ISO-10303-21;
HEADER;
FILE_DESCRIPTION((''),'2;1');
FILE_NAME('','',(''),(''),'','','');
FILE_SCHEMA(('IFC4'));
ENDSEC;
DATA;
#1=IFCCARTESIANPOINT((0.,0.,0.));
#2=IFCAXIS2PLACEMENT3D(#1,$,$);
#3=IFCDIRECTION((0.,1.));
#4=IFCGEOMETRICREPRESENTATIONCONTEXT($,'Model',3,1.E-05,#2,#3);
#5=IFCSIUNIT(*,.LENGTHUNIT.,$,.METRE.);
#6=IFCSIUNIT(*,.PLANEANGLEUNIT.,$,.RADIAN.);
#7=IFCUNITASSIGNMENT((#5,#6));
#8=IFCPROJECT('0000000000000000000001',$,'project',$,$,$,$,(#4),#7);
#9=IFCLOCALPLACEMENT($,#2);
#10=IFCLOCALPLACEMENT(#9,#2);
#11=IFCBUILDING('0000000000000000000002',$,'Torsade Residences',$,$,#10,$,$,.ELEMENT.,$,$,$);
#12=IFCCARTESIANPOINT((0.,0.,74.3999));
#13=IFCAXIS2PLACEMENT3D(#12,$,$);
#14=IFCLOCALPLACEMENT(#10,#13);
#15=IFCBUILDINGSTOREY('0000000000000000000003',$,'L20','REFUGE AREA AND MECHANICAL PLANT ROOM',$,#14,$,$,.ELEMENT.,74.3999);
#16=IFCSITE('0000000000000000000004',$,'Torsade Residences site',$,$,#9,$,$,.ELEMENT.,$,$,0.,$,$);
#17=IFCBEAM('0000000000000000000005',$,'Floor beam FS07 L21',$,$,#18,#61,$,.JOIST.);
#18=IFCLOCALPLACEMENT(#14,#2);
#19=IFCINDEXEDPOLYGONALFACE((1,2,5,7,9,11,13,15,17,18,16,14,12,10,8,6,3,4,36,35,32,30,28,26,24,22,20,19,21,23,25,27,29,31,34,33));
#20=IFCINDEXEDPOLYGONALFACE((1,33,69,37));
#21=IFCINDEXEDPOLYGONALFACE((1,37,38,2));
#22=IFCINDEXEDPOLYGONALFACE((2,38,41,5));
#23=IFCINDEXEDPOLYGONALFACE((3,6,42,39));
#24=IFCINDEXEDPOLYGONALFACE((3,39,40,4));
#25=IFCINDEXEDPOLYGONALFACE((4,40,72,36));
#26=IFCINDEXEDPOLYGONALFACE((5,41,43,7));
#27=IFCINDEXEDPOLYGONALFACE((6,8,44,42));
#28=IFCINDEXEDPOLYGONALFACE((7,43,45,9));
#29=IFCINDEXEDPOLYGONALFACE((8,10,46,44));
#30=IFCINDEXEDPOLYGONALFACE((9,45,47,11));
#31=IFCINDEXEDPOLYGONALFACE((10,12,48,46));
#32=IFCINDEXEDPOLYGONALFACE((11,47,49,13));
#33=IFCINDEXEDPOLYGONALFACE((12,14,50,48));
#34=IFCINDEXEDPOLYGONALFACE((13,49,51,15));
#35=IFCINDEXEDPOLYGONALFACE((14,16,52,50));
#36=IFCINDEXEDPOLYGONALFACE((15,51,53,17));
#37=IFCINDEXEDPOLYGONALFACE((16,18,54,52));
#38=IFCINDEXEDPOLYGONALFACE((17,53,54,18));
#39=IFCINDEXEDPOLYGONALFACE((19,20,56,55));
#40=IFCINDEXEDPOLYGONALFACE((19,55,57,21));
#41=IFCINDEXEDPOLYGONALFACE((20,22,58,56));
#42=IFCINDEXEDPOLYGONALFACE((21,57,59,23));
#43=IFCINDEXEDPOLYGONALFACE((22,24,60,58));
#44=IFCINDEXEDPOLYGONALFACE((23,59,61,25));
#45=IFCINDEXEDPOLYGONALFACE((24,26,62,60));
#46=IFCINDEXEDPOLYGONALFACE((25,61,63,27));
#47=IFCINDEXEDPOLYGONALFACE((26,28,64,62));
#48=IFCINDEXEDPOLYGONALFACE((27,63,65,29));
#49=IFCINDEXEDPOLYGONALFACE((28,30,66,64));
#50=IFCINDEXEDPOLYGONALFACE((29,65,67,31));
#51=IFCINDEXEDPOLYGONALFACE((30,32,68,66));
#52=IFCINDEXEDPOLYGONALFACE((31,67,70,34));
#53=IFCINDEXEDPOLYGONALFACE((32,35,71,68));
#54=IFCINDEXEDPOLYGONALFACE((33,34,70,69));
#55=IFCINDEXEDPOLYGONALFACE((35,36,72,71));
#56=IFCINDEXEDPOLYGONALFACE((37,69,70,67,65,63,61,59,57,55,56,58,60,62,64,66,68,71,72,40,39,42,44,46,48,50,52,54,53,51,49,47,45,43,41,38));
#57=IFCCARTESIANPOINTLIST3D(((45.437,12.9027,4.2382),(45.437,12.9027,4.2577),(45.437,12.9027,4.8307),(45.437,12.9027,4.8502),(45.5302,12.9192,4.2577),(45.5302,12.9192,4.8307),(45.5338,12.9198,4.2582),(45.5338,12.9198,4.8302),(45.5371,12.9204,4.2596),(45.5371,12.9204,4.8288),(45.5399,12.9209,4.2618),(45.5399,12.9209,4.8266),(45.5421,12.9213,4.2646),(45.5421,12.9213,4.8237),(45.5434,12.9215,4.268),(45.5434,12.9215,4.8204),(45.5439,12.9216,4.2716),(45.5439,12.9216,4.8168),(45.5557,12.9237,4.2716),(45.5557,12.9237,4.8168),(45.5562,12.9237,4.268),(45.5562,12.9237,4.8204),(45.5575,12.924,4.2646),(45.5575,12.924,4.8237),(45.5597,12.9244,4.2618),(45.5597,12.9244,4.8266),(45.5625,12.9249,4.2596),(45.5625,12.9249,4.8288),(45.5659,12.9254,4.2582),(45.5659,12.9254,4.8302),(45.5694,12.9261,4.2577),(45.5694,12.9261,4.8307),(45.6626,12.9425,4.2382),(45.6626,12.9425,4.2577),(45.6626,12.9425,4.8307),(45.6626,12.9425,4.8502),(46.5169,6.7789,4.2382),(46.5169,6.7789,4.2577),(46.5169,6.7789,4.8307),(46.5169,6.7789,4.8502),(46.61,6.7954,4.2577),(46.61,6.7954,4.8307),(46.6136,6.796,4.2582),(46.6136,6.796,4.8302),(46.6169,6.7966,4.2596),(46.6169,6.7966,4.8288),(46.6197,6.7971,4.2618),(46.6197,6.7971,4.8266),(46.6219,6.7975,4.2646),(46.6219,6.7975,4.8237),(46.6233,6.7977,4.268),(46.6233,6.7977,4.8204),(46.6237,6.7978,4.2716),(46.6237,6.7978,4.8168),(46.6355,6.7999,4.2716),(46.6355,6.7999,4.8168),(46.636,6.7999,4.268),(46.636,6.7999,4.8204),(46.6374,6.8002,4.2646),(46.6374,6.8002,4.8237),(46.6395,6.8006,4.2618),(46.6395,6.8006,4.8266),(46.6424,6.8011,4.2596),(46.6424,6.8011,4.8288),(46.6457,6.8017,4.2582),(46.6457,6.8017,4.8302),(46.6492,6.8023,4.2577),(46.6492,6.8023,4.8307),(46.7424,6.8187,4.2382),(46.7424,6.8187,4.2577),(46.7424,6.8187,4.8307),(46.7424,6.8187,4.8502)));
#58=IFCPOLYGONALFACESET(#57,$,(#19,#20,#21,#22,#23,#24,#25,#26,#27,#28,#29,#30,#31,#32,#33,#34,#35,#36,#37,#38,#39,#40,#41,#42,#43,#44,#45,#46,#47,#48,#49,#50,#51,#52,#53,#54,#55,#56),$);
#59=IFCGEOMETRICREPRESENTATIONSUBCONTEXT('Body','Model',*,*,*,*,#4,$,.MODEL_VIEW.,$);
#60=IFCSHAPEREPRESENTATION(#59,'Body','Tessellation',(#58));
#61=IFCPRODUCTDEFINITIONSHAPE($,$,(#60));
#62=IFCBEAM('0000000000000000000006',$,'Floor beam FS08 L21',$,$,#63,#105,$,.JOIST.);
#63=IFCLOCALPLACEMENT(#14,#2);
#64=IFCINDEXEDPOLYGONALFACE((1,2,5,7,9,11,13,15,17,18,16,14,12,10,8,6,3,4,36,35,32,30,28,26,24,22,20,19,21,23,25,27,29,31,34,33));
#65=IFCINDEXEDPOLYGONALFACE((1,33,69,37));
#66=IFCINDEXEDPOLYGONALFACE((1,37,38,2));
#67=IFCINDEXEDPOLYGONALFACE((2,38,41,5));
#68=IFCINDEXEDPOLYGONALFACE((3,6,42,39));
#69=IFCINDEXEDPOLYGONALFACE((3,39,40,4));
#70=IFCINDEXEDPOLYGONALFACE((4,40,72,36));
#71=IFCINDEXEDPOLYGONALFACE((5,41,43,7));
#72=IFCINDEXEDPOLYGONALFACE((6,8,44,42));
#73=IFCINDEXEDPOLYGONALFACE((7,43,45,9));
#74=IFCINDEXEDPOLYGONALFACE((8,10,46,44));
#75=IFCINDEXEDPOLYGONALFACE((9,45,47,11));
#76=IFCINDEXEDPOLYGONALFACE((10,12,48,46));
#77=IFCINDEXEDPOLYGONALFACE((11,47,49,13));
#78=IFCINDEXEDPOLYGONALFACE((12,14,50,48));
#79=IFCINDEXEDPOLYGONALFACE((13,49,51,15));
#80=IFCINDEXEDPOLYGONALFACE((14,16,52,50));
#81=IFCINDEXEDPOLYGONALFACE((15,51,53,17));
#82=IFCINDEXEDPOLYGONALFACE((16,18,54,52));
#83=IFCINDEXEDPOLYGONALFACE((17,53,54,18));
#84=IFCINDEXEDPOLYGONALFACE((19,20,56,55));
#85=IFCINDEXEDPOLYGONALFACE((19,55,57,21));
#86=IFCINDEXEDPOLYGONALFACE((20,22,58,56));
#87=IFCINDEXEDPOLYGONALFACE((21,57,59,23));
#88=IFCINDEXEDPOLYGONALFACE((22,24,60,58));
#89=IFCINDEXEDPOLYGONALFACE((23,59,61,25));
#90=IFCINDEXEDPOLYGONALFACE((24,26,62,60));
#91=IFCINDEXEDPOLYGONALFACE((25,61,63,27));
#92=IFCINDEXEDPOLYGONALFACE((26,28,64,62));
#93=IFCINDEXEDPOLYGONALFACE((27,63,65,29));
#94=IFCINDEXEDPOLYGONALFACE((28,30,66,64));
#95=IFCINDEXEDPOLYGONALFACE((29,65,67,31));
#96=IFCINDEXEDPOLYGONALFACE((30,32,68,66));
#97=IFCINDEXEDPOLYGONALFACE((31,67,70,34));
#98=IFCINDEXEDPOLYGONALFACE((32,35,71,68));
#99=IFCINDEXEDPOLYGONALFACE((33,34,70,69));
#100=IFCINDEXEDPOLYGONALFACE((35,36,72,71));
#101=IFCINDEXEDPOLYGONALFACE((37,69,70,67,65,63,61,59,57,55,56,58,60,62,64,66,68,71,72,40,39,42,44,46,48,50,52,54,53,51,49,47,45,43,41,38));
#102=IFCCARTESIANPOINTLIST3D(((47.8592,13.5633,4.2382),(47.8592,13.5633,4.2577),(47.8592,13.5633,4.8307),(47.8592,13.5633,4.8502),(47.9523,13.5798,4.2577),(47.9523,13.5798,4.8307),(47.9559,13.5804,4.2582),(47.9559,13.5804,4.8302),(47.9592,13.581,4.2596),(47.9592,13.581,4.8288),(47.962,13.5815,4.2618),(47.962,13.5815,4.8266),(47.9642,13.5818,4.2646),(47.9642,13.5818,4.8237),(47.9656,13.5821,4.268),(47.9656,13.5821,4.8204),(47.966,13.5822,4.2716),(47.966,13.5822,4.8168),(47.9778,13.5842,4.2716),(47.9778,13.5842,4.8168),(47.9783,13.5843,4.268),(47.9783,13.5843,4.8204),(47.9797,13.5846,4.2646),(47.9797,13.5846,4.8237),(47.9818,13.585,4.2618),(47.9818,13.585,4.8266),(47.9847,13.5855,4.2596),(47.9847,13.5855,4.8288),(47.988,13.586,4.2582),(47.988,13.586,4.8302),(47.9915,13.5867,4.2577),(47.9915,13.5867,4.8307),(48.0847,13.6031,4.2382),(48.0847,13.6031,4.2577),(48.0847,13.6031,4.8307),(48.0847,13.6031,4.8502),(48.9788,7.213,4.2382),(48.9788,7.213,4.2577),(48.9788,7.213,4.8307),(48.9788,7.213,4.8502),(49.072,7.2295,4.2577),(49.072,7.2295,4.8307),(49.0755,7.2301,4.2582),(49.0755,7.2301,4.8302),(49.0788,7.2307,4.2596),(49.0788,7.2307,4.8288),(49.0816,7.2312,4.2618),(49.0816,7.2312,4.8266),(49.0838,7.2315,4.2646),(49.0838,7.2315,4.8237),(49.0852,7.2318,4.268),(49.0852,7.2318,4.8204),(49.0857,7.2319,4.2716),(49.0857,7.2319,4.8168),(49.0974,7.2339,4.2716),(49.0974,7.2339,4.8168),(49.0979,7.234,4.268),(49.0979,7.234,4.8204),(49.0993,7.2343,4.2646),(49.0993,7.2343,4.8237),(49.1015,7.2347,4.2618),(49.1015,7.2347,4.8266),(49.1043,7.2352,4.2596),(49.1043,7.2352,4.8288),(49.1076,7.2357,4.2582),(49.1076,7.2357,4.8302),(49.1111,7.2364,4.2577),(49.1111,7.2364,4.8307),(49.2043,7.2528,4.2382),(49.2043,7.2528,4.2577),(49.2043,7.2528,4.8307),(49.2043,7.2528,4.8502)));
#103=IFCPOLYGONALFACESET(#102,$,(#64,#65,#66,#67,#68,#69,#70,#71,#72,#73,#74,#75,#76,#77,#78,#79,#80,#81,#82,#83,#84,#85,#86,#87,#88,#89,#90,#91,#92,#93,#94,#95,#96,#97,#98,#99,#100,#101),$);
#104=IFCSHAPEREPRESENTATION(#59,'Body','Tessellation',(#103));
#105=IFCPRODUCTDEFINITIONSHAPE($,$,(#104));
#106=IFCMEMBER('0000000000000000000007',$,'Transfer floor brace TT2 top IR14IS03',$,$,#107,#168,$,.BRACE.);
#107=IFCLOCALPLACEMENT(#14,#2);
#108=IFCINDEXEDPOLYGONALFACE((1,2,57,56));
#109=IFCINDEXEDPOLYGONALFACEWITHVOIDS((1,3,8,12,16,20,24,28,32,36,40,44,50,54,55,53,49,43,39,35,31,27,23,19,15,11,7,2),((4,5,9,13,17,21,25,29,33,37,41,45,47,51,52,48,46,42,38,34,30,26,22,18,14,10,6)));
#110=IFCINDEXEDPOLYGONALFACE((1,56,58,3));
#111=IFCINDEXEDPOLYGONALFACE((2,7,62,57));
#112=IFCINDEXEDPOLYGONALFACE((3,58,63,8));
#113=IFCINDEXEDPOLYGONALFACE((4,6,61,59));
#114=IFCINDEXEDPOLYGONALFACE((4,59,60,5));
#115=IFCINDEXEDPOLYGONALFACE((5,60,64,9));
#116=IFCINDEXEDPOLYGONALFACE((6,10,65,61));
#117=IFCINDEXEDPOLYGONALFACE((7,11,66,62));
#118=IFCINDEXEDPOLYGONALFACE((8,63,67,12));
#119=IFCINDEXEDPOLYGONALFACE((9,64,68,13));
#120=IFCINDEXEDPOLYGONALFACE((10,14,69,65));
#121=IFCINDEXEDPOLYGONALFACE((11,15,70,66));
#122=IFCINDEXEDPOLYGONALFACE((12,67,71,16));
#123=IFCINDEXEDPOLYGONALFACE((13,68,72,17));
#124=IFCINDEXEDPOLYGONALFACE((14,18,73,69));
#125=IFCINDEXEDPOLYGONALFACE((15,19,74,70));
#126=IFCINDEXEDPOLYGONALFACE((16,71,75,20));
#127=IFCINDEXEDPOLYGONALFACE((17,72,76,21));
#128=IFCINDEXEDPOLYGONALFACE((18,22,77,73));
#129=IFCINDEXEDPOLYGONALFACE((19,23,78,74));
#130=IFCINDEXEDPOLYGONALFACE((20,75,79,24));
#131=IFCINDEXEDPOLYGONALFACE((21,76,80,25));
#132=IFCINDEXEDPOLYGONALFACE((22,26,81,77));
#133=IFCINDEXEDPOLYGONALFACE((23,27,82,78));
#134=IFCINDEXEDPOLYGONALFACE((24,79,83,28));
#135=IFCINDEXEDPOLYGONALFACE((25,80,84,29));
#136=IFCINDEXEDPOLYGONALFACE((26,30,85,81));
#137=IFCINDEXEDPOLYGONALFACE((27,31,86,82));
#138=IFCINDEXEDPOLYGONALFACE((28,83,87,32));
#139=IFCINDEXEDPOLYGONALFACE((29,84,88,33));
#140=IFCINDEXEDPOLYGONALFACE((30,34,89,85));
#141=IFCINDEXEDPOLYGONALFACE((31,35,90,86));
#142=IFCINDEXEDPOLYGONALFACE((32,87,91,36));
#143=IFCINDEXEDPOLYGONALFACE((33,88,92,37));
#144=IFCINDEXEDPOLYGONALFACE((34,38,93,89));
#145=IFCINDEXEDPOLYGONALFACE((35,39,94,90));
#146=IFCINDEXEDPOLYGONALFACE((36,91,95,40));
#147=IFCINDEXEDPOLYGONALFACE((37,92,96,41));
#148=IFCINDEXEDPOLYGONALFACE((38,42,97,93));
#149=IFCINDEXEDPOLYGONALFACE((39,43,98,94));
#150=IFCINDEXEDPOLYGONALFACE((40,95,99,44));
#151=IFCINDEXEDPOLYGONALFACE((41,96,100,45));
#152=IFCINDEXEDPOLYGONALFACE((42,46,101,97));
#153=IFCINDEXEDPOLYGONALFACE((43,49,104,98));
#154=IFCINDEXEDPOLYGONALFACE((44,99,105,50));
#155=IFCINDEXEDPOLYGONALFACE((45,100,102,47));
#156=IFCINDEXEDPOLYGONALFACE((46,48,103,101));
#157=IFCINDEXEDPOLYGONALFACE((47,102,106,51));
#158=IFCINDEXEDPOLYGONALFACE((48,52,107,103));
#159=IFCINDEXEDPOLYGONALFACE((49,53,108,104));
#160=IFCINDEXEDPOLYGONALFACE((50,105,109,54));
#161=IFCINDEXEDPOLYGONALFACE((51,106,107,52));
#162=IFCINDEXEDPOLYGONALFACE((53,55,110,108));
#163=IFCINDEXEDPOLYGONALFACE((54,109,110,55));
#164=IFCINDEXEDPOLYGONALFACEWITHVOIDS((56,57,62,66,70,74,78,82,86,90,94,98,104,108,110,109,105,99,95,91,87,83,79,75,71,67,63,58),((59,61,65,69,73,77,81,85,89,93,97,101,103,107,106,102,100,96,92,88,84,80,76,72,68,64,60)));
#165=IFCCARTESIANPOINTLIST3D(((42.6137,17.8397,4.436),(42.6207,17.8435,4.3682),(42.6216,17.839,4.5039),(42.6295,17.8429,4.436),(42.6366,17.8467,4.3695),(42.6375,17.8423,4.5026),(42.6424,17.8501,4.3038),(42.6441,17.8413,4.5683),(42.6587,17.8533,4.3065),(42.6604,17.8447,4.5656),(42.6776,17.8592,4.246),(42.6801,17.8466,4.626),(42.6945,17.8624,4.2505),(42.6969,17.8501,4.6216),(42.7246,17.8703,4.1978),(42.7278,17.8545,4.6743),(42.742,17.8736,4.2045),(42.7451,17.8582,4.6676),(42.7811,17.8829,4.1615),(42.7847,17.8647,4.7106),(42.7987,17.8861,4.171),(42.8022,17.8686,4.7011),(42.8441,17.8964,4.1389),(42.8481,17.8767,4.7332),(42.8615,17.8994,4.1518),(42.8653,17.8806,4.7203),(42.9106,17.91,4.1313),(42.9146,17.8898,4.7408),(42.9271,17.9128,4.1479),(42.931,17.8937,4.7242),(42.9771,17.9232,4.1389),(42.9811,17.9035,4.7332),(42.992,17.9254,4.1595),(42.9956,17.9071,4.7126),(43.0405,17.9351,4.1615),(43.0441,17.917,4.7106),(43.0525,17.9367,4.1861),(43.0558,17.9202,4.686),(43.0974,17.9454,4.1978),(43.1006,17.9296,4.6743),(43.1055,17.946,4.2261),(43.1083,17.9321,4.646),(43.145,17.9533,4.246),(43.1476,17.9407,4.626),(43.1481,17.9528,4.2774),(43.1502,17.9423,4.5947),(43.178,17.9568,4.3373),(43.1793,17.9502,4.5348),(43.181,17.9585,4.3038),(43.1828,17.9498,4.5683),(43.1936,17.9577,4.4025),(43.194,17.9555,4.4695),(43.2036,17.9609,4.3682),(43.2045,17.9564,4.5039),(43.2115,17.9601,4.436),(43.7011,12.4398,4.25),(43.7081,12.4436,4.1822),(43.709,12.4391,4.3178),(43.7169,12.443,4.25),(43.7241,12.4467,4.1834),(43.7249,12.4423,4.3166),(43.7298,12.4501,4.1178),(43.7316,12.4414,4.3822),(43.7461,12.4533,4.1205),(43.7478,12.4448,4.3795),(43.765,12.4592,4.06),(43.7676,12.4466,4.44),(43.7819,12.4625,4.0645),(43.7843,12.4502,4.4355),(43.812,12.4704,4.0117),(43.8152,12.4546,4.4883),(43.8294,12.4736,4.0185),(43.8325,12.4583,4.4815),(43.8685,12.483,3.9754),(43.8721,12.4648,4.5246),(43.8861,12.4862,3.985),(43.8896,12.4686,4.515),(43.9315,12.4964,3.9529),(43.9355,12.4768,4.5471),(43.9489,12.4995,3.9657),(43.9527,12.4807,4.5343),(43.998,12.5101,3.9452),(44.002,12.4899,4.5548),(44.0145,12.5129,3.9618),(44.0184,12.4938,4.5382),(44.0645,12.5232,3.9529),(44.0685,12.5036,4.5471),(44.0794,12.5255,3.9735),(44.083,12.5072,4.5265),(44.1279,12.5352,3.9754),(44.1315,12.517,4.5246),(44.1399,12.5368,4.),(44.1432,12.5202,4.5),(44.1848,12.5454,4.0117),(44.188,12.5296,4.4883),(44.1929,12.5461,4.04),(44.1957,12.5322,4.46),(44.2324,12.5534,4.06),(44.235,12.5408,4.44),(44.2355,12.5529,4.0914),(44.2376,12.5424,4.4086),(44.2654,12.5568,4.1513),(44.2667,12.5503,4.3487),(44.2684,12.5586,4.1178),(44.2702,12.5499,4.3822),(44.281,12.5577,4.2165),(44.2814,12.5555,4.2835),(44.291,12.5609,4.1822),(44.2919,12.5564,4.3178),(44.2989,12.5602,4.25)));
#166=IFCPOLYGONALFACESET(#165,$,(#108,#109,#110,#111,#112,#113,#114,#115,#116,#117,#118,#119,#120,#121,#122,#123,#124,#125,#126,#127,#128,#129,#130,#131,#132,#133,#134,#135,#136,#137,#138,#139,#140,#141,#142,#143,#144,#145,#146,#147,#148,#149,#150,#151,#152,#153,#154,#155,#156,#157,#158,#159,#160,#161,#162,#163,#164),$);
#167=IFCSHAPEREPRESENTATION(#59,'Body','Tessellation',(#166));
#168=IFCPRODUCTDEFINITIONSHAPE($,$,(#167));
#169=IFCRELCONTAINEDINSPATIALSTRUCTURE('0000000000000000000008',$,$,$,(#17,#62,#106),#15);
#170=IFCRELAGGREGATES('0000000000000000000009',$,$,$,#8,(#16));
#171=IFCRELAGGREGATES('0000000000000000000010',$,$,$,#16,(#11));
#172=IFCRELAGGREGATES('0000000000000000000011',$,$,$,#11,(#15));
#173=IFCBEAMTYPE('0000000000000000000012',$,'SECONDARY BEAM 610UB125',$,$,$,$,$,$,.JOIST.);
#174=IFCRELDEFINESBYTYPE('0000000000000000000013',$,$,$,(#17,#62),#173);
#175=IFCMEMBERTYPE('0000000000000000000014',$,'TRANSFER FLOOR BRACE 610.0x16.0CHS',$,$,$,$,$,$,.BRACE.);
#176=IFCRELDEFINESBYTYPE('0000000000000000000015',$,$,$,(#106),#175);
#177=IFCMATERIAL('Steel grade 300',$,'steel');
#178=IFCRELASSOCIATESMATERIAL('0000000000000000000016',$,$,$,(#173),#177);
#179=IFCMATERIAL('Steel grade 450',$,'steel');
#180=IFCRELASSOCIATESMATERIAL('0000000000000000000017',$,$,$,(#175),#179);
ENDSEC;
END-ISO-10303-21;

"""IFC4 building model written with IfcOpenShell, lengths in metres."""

from ifc_helpers import new_model, si_unit, direction, frame, origin, origin_2d, place, context, subcontext, project, spatial, hollow_circle, i_section, extrude, material, material_profile, profile_set, type_object, element, save


model = new_model("IFC4")

# Units and contexts
model_context = context("Model", 3, precision=1e-05, world=origin(), true_north=direction((0.0, 1.0)))
body_context = subcontext(model_context, "Body", "Model", "MODEL_VIEW")
ifc_project = project(units=[si_unit("LENGTHUNIT", "METRE"), si_unit("PLANEANGLEUNIT", "RADIAN")], contexts=[model_context])

# Site, building, storey
site_placement = place(None, origin())
site = spatial("IfcSite", under=ifc_project, at=site_placement, Name="Torsade Residences site", CompositionType="ELEMENT", RefElevation=0.0)
building_placement = place(site_placement, origin())
building = spatial("IfcBuilding", under=site, at=building_placement, Name="Torsade Residences", CompositionType="ELEMENT")
storey_placement = place(building_placement, frame((0.0, 0.0, 74.3999)))
storey = spatial("IfcBuildingStorey", under=building, at=storey_placement, Name="L20", Description="REFUGE AREA AND MECHANICAL PLANT ROOM", CompositionType="ELEMENT", Elevation=74.3999)

# Beams
ifc_material_1 = material(Name="Steel grade 300", Category="steel")
ifc_material_profile_1 = material_profile(ifc_material_1, i_section(OverallWidth=0.229, OverallDepth=0.6121, WebThickness=0.012, FlangeThickness=0.0195, FilletRadius=0.0139, at=origin_2d()), Name="610UB125")
ifc_profile_set_1 = profile_set([ifc_material_profile_1], Name="Steel grade 300")
beam_type_1 = type_object("IfcBeamType", Name="SECONDARY BEAM 610UB125", PredefinedType="JOIST", material=ifc_profile_set_1)
beam_1_placement = place(storey_placement, frame((46.6296, 6.7988, 4.5442), z_axis=(-0.173655, 0.984806, 0.0), x_axis=(-0.984806, -0.173655, 0.0)))
element("IfcBeam", 1, at=beam_1_placement, inside=storey, type_object=beam_type_1, Name="Floor beam FS07 L21", PredefinedType="JOIST", context=body_context, shape_type="SweptSolid", body=[
    extrude(i_section(OverallWidth=0.229, OverallDepth=0.6121, WebThickness=0.012, FlangeThickness=0.0195, FilletRadius=0.0139, at=origin_2d()), origin(), (0.0, 0.0, 1.0), 6.2183),
])
beam_2_placement = place(storey_placement, frame((49.0916, 7.2329, 4.5442), z_axis=(-0.173632, 0.984811, 0.0), x_axis=(-0.984811, -0.173632, 0.0)))
element("IfcBeam", 2, at=beam_2_placement, inside=storey, type_object=beam_type_1, Name="Floor beam FS08 L21", PredefinedType="JOIST", context=body_context, shape_type="SweptSolid", body=[
    extrude(i_section(OverallWidth=0.229, OverallDepth=0.6121, WebThickness=0.012, FlangeThickness=0.0195, FilletRadius=0.0139, at=origin_2d()), origin(), (0.0, 0.0, 1.0), 6.4482),
])

# Member
ifc_material_2 = material(Name="Steel grade 450", Category="steel")
ifc_material_profile_2 = material_profile(ifc_material_2, hollow_circle(Radius=0.3049, WallThickness=0.0161, at=origin_2d()), Name="610.0x16.0CHS")
ifc_profile_set_2 = profile_set([ifc_material_profile_2], Name="Steel grade 450")
member_type_1 = type_object("IfcMemberType", Name="TRANSFER FLOOR BRACE 610.0x16.0CHS", PredefinedType="BRACE", material=ifc_profile_set_2)
member_1_placement = place(storey_placement, frame((44.0, 12.5, 4.25), z_axis=(-0.197299, 0.979762, 0.033754), x_axis=(-0.980321, -0.197412, 0.0)))
element("IfcMember", 3, at=member_1_placement, inside=storey, type_object=member_type_1, Name="Transfer floor brace TT2 top IR14IS03", PredefinedType="BRACE", context=body_context, shape_type="SweptSolid", body=[
    extrude(hollow_circle(Radius=0.3049, WallThickness=0.0161, at=origin_2d()), origin(), (0.0, 0.0, 1.0), 5.5115),
])

save(model, "model.ifc")
